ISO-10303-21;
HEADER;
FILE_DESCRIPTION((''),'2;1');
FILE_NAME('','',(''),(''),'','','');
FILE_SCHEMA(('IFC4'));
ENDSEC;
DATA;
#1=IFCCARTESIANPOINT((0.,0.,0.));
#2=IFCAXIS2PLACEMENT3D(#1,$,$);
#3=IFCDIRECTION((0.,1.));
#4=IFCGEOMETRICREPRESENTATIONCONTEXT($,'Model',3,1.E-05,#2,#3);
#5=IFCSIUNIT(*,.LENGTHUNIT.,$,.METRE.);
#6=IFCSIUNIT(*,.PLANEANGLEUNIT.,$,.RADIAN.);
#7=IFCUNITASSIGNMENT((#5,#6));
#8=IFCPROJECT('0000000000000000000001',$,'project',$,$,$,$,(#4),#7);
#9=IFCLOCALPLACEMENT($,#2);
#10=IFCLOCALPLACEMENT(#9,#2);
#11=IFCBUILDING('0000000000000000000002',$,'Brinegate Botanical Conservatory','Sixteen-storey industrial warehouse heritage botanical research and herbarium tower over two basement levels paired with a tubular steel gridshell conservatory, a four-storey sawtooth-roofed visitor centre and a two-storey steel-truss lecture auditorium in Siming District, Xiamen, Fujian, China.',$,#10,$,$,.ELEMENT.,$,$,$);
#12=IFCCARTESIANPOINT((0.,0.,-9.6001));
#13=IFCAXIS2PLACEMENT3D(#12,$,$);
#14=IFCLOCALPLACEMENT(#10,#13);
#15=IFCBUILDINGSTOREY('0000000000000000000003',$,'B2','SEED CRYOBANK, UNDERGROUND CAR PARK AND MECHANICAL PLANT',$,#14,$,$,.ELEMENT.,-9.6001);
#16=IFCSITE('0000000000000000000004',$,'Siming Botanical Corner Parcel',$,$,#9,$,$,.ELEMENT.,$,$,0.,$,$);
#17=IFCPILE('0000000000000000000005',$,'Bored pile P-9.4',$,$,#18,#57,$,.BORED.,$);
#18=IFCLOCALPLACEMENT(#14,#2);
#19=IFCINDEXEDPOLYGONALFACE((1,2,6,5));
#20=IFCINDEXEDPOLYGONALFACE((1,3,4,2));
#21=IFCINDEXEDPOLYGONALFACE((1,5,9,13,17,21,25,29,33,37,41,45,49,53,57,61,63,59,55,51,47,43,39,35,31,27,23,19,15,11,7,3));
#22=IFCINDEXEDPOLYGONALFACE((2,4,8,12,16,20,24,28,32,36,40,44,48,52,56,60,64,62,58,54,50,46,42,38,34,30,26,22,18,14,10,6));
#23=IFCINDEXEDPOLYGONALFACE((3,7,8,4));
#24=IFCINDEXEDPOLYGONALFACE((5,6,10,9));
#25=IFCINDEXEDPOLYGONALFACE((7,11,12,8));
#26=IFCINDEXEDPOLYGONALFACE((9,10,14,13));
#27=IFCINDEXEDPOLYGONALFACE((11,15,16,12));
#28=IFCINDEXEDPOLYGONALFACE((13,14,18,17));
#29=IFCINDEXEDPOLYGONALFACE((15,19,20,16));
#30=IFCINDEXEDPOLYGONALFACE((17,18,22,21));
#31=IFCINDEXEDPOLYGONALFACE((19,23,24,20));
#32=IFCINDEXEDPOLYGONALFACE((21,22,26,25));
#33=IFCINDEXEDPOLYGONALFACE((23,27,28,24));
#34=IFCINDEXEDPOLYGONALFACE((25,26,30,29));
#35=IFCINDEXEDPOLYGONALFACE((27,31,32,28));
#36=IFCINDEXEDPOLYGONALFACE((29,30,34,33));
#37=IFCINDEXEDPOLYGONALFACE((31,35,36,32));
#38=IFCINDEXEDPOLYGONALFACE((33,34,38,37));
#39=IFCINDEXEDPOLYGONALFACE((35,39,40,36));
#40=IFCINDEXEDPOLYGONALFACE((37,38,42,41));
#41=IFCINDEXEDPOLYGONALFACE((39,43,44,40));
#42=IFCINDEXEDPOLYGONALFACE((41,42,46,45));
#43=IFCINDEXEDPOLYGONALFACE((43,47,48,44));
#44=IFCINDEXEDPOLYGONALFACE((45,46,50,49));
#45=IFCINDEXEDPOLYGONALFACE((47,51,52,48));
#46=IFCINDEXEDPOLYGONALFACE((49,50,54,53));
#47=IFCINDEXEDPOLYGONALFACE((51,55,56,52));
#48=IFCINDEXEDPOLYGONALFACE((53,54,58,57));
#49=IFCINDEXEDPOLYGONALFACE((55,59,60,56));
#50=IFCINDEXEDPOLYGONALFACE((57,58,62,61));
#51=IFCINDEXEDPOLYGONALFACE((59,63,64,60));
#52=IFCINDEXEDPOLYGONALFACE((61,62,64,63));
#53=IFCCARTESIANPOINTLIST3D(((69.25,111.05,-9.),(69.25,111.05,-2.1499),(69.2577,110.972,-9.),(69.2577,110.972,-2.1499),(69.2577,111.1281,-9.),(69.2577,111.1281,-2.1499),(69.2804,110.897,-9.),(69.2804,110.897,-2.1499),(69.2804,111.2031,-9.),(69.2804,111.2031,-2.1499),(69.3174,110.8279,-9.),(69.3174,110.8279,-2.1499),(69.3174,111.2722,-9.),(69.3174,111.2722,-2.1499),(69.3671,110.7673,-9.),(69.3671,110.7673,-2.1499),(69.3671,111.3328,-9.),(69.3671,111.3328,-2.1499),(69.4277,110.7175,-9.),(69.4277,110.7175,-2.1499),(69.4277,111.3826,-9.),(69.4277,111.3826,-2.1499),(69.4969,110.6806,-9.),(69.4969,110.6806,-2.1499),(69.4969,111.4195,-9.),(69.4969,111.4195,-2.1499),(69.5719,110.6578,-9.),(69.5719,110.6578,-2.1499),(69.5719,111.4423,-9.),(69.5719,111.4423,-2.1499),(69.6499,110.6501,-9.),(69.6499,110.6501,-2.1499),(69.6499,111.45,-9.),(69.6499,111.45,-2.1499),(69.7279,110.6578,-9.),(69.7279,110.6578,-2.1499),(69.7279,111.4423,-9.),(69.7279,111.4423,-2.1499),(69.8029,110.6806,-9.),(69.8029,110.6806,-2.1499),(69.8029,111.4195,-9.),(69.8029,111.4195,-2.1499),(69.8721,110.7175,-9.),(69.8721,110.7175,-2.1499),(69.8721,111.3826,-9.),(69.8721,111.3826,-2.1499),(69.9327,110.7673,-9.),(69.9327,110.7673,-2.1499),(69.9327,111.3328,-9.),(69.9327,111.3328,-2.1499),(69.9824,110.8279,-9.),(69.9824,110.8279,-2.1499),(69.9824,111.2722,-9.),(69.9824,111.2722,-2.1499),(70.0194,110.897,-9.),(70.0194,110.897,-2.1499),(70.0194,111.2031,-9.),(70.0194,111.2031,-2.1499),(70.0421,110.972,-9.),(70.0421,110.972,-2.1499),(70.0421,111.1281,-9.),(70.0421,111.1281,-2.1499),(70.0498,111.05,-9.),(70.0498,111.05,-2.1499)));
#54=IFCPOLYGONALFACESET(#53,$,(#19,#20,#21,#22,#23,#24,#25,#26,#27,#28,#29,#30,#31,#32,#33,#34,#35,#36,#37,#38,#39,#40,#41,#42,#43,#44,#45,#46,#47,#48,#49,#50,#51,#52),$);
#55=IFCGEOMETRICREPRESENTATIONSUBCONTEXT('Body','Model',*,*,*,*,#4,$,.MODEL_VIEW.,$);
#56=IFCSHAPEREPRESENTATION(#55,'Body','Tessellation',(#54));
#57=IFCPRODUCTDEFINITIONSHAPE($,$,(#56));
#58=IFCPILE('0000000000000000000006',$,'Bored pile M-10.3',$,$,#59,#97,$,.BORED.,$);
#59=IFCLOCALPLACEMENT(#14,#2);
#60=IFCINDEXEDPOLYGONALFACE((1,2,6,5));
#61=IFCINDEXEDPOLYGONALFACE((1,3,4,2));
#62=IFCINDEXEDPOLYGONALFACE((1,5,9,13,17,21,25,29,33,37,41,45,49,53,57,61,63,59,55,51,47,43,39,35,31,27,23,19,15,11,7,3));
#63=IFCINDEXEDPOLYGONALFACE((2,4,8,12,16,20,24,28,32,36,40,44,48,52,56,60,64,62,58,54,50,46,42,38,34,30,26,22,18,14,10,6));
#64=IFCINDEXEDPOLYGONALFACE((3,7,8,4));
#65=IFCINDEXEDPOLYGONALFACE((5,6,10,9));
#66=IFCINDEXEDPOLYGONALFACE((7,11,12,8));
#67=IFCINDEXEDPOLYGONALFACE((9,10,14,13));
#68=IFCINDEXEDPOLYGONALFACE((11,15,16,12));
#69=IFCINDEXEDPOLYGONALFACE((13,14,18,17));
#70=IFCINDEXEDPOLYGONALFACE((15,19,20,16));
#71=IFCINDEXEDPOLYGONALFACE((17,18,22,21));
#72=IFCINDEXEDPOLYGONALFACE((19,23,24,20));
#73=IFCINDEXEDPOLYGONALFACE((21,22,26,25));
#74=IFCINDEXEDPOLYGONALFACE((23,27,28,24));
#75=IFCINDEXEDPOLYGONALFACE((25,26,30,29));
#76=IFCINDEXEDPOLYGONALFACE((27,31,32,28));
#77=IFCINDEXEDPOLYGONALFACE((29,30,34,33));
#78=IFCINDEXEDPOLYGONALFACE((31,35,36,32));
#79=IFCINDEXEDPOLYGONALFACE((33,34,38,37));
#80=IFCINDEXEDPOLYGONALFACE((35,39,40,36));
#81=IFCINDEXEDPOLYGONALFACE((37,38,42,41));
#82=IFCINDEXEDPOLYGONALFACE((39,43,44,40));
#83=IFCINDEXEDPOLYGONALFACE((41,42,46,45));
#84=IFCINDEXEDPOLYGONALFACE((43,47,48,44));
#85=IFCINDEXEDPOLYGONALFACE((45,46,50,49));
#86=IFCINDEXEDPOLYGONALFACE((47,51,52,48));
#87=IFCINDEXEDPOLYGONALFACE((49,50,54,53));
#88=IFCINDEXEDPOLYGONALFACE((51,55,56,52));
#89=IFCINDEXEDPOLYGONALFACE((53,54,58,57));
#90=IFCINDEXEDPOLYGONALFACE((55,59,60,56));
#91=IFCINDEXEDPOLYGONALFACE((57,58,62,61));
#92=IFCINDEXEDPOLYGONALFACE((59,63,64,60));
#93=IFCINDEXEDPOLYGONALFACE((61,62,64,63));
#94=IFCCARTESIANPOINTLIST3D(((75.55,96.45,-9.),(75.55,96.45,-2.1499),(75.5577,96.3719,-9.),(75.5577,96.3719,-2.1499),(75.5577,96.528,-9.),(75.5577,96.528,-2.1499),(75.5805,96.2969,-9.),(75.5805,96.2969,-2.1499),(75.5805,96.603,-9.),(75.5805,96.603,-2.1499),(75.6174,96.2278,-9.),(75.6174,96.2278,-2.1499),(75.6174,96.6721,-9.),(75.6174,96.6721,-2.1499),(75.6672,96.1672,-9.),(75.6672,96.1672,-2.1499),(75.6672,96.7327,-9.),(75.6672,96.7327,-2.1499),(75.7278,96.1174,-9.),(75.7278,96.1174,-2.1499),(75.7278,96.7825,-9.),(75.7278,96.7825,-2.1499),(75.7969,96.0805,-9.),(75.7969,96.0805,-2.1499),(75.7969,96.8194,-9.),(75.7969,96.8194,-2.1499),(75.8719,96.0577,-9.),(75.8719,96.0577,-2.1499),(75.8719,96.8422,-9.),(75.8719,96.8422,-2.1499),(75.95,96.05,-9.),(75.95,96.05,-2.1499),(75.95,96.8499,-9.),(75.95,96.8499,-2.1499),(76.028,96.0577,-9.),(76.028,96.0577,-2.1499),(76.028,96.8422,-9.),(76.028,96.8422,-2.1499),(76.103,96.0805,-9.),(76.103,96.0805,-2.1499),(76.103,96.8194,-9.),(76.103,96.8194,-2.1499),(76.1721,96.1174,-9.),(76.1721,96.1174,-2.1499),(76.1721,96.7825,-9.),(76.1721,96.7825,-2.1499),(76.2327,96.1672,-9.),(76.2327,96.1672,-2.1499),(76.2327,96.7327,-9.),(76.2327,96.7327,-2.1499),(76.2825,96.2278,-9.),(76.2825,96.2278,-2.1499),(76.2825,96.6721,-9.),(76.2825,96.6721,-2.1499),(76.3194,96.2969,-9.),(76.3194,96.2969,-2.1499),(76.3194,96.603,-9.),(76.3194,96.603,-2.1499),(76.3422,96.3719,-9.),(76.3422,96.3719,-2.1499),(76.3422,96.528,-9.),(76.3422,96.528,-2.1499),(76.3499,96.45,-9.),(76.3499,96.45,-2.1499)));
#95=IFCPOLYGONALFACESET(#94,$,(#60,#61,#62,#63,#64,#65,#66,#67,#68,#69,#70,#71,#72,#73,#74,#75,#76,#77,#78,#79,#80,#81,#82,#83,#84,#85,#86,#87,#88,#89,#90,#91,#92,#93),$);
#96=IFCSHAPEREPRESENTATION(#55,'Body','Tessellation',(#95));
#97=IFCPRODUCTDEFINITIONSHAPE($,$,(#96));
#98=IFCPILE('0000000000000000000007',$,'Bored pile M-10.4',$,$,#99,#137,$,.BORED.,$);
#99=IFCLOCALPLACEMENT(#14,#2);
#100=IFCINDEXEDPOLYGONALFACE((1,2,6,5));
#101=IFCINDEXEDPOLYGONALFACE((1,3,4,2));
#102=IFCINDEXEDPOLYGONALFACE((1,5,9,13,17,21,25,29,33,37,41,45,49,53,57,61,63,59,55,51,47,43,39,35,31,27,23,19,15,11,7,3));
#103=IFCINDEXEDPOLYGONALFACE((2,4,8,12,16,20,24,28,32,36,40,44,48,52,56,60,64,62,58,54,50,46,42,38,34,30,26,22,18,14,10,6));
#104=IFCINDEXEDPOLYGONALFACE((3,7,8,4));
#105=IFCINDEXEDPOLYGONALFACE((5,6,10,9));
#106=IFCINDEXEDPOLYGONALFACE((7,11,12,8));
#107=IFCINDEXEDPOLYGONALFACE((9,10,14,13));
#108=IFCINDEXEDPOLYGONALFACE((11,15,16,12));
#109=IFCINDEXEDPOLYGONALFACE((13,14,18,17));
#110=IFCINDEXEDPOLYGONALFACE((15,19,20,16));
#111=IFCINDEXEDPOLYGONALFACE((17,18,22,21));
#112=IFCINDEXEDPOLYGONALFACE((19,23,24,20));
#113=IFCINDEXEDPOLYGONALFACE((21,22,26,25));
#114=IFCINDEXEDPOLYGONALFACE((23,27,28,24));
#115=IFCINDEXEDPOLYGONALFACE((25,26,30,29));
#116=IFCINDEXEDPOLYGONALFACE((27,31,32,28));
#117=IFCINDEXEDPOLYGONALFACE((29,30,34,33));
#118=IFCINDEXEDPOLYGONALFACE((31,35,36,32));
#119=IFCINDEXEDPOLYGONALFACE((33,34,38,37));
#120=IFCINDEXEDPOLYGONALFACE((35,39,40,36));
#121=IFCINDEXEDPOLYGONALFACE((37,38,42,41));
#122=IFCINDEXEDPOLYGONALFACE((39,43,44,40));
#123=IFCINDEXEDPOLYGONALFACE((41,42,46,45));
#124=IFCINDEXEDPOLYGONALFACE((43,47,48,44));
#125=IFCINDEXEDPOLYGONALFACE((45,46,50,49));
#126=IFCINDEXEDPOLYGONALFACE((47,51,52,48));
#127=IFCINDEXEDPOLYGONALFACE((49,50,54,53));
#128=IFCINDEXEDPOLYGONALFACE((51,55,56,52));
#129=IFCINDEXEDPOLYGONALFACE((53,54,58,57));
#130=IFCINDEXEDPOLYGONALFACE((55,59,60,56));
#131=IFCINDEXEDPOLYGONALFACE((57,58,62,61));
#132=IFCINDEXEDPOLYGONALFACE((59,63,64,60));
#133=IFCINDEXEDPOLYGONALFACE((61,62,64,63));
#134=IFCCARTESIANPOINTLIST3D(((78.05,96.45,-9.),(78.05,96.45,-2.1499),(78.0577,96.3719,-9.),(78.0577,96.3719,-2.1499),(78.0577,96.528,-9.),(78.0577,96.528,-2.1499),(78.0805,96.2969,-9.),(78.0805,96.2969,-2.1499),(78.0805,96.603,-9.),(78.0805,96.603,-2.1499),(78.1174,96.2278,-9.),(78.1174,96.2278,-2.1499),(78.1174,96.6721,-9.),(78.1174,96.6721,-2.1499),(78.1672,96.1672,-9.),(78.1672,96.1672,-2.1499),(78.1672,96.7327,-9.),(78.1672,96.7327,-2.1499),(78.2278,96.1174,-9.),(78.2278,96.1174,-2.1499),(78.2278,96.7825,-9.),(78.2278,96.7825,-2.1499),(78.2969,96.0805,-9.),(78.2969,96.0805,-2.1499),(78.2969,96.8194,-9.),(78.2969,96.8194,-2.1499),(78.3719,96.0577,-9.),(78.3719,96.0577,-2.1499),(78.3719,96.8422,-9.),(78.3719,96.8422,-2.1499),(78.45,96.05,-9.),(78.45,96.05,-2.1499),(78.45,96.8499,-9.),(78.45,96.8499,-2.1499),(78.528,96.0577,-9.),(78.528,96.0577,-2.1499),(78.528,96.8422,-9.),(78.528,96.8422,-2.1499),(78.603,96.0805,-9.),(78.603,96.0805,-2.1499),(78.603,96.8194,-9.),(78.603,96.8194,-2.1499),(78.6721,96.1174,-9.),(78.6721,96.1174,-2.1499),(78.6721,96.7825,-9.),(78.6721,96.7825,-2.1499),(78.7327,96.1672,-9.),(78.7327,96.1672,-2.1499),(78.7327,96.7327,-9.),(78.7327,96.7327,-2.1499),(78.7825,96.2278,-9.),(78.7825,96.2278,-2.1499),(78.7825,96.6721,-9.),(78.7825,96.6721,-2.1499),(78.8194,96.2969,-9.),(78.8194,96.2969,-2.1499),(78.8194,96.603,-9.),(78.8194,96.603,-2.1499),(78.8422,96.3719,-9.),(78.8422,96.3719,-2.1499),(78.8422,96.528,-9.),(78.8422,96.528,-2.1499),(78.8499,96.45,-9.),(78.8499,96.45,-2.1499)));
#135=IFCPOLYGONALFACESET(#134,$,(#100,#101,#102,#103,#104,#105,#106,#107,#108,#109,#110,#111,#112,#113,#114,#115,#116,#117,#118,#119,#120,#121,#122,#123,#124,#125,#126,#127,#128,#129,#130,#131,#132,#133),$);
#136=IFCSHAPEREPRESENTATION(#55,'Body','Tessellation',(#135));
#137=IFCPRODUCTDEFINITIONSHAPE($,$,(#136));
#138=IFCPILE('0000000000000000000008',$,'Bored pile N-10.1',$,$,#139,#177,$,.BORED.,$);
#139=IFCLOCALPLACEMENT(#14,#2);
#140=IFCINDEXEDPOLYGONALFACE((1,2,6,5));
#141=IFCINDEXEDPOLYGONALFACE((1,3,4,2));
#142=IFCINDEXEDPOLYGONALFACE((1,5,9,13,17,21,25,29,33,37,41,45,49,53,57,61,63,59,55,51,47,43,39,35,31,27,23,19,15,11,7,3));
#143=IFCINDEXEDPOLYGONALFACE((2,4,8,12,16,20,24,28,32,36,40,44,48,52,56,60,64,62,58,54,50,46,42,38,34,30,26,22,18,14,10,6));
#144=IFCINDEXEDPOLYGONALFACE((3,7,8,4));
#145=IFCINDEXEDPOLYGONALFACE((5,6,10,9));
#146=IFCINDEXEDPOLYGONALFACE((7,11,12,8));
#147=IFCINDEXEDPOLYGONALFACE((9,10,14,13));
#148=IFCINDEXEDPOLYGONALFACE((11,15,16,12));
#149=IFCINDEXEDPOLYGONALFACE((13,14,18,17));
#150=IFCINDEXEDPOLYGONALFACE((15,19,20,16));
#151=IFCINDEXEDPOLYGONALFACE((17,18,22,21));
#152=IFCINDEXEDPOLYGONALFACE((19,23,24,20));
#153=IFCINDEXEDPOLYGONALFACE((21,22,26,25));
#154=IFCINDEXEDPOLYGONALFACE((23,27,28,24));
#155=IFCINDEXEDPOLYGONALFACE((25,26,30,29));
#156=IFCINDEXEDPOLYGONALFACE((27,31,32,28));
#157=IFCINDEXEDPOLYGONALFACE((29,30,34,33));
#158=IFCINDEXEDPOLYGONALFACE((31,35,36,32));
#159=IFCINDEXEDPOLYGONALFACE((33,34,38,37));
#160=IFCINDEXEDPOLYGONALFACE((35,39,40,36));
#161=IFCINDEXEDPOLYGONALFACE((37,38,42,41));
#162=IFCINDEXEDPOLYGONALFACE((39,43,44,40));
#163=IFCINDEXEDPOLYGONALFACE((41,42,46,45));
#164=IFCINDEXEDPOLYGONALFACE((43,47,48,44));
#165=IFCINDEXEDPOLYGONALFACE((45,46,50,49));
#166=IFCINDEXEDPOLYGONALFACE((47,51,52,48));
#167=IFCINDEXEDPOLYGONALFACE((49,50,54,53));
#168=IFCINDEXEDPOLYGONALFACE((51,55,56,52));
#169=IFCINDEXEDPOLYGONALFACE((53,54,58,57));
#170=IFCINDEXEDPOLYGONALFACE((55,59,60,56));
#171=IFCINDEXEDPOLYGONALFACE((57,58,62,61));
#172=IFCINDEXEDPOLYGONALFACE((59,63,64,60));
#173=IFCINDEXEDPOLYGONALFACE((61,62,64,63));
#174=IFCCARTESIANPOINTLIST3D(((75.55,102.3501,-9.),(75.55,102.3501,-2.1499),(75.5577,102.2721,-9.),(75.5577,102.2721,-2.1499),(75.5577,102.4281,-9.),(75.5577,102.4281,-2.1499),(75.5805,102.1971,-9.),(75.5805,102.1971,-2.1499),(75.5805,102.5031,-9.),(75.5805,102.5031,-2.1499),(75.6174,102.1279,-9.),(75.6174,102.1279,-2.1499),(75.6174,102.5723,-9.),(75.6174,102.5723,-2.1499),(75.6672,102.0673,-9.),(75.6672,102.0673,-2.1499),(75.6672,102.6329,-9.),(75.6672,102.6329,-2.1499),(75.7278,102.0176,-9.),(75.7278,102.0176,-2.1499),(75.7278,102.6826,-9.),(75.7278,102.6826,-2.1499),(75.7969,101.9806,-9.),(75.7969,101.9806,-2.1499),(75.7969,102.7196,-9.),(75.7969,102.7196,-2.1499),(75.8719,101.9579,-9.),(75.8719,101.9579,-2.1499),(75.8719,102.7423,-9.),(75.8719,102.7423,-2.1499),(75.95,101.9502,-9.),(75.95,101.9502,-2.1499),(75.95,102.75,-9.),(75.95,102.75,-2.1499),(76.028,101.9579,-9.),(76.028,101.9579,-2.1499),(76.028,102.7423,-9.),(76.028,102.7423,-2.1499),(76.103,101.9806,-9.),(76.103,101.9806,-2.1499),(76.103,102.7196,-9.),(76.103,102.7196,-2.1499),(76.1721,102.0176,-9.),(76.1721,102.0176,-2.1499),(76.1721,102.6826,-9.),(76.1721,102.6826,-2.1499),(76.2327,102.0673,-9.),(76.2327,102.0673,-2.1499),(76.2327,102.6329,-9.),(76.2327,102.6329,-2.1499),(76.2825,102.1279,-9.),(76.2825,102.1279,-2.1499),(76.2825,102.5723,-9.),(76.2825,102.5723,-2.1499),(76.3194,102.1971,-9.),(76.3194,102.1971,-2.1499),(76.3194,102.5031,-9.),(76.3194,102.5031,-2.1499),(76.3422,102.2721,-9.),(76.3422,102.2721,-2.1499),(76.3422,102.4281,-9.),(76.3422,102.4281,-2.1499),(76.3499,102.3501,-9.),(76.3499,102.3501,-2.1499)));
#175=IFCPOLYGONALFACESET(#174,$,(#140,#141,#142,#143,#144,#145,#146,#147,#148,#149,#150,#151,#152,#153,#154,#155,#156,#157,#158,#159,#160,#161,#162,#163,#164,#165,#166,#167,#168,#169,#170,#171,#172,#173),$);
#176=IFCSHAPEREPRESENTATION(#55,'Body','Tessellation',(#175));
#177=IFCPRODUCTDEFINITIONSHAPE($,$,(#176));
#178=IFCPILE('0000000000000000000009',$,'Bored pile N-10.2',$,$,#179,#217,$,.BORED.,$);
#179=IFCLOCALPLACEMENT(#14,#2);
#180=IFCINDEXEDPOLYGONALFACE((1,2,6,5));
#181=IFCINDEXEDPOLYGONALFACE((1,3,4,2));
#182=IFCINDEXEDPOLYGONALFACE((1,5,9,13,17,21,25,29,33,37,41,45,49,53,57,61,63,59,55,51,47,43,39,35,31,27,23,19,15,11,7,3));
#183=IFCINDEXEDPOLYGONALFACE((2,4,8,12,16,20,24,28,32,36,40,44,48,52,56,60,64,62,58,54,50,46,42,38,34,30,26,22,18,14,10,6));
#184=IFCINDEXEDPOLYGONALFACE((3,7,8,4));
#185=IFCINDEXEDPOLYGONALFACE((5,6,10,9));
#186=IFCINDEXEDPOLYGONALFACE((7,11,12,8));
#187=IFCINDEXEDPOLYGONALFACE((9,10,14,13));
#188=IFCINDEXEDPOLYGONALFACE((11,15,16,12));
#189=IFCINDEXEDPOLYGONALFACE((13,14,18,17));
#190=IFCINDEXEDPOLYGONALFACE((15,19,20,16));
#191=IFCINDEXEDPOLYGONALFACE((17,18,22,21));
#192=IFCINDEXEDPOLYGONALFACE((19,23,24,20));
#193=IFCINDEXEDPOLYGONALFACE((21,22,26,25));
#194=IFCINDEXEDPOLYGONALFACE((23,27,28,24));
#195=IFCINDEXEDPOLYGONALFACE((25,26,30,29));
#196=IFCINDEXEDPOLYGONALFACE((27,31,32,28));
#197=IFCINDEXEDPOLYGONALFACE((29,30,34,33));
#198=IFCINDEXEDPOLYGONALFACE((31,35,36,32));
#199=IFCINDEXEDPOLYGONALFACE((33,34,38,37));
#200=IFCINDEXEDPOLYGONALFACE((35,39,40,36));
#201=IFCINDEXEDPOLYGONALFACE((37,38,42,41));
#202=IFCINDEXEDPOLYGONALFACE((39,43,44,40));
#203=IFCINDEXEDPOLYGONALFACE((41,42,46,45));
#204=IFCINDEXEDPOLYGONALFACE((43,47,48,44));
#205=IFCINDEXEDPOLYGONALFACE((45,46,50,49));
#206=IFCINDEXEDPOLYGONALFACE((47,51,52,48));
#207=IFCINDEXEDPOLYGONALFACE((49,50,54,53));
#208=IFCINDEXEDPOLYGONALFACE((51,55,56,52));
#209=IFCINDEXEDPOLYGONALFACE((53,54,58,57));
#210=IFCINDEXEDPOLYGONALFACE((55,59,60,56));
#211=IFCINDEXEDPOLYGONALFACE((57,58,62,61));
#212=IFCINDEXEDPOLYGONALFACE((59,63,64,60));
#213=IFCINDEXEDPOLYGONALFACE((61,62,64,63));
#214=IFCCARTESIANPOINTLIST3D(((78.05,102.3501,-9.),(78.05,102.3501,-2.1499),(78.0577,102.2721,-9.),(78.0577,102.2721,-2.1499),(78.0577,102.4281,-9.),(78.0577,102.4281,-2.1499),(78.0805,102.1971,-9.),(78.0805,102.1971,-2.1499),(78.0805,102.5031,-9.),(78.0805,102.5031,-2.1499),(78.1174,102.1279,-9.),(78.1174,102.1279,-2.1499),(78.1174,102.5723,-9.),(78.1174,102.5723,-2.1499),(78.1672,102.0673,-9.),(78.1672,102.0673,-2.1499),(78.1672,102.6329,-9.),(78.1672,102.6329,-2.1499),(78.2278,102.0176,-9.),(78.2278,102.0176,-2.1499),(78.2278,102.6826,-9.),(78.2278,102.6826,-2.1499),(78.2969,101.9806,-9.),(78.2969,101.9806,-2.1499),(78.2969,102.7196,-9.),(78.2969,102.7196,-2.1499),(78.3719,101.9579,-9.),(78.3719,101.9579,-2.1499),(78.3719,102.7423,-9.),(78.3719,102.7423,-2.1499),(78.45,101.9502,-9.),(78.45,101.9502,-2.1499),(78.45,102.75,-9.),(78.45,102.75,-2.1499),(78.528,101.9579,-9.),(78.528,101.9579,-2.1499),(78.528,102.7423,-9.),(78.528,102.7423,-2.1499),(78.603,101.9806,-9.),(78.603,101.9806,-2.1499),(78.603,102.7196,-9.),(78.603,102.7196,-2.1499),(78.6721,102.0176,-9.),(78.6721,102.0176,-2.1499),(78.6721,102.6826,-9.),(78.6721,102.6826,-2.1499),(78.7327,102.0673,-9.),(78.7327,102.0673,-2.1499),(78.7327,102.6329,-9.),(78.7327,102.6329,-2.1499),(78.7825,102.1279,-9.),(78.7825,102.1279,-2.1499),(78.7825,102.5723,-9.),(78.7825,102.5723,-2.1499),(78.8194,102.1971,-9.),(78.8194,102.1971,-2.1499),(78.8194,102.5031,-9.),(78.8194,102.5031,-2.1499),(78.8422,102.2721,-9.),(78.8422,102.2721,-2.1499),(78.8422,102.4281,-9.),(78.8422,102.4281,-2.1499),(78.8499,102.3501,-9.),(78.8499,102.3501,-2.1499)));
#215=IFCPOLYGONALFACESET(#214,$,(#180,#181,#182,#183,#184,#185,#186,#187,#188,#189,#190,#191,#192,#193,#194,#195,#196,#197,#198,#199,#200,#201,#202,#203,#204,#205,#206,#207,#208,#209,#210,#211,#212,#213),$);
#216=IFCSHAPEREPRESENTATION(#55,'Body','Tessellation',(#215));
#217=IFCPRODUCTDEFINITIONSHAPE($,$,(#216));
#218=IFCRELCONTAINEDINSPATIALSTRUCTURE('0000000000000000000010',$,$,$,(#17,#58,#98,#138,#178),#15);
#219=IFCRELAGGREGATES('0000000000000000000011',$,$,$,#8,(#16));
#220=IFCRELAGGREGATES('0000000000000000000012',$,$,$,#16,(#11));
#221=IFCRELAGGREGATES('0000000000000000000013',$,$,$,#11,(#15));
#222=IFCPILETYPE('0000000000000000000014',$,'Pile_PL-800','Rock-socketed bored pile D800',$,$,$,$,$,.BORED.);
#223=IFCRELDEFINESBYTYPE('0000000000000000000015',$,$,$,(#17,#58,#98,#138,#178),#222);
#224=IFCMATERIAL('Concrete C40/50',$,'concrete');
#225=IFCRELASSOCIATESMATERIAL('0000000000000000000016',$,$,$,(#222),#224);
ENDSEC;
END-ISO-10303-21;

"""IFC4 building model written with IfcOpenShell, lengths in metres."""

from ifc_helpers import new_model, si_unit, direction, frame, origin, origin_2d, place, context, subcontext, project, spatial, circle, extrude, material, material_profile, profile_set, type_object, element, save


model = new_model("IFC4")

# Units and contexts
model_context = context("Model", 3, precision=1e-05, world=origin(), true_north=direction((0.0, 1.0)))
body_context = subcontext(model_context, "Body", "Model", "MODEL_VIEW")
ifc_project = project(units=[si_unit("LENGTHUNIT", "METRE"), si_unit("PLANEANGLEUNIT", "RADIAN")], contexts=[model_context])

# Site, building, storey
site_placement = place(None, origin())
site = spatial("IfcSite", under=ifc_project, at=site_placement, Name="Siming Botanical Corner Parcel", CompositionType="ELEMENT", RefElevation=0.0)
building_placement = place(site_placement, origin())
building = spatial("IfcBuilding", under=site, at=building_placement, Name="Brinegate Botanical Conservatory", Description="Sixteen-storey industrial warehouse heritage botanical research and herbarium tower over two basement levels paired with a tubular steel gridshell conservatory, a four-storey sawtooth-roofed visitor centre and a two-storey steel-truss lecture auditorium in Siming District, Xiamen, Fujian, China.", CompositionType="ELEMENT")
storey_placement = place(building_placement, frame((0.0, 0.0, -9.6001)))
storey = spatial("IfcBuildingStorey", under=building, at=storey_placement, Name="B2", Description="SEED CRYOBANK, UNDERGROUND CAR PARK AND MECHANICAL PLANT", CompositionType="ELEMENT", Elevation=-9.6001)

# Shared definitions
ifc_material = material(Name="Concrete C40/50", Category="concrete")

# Piles
ifc_material_profile_1 = material_profile(ifc_material, circle(Radius=0.3999, at=origin_2d()), Name="PILE D800")
ifc_profile_set_1 = profile_set([ifc_material_profile_1], Name="Concrete C40/50")
pile_type = type_object("IfcPileType", Name="Pile_PL-800", Description="Rock-socketed bored pile D800", PredefinedType="BORED", material=ifc_profile_set_1)
for number, where, z_axis, x_axis, name in (
    (1, (69.6499, 111.05, -2.1499), (0.0, 0.0, -1.0), (1.0, 0.0, 0.0), "Bored pile P-9.4"),
    (2, (75.95, 96.45, -2.1499), (0.0, 0.0, -1.0), (1.0, 0.0, 0.0), "Bored pile M-10.3"),
    (3, (78.45, 96.45, -2.1499), (0.0, 0.0, -1.0), (1.0, 0.0, 0.0), "Bored pile M-10.4"),
    (4, (75.95, 102.3501, -2.1499), (0.0, 0.0, -1.0), (1.0, 0.0, 0.0), "Bored pile N-10.1"),
    (5, (78.45, 102.3501, -2.1499), (0.0, 0.0, -1.0), (1.0, 0.0, 0.0), "Bored pile N-10.2"),
):
    element("IfcPile", number, at=place(storey_placement, frame(where, z_axis=z_axis, x_axis=x_axis)), inside=storey, type_object=pile_type, Name=name, PredefinedType="BORED", context=body_context, shape_type="SweptSolid", body=[
        extrude(circle(Radius=0.3999, at=origin_2d()), origin(), (0.0, 0.0, 1.0), 6.8501),
    ])

save(model, "model.ifc")
